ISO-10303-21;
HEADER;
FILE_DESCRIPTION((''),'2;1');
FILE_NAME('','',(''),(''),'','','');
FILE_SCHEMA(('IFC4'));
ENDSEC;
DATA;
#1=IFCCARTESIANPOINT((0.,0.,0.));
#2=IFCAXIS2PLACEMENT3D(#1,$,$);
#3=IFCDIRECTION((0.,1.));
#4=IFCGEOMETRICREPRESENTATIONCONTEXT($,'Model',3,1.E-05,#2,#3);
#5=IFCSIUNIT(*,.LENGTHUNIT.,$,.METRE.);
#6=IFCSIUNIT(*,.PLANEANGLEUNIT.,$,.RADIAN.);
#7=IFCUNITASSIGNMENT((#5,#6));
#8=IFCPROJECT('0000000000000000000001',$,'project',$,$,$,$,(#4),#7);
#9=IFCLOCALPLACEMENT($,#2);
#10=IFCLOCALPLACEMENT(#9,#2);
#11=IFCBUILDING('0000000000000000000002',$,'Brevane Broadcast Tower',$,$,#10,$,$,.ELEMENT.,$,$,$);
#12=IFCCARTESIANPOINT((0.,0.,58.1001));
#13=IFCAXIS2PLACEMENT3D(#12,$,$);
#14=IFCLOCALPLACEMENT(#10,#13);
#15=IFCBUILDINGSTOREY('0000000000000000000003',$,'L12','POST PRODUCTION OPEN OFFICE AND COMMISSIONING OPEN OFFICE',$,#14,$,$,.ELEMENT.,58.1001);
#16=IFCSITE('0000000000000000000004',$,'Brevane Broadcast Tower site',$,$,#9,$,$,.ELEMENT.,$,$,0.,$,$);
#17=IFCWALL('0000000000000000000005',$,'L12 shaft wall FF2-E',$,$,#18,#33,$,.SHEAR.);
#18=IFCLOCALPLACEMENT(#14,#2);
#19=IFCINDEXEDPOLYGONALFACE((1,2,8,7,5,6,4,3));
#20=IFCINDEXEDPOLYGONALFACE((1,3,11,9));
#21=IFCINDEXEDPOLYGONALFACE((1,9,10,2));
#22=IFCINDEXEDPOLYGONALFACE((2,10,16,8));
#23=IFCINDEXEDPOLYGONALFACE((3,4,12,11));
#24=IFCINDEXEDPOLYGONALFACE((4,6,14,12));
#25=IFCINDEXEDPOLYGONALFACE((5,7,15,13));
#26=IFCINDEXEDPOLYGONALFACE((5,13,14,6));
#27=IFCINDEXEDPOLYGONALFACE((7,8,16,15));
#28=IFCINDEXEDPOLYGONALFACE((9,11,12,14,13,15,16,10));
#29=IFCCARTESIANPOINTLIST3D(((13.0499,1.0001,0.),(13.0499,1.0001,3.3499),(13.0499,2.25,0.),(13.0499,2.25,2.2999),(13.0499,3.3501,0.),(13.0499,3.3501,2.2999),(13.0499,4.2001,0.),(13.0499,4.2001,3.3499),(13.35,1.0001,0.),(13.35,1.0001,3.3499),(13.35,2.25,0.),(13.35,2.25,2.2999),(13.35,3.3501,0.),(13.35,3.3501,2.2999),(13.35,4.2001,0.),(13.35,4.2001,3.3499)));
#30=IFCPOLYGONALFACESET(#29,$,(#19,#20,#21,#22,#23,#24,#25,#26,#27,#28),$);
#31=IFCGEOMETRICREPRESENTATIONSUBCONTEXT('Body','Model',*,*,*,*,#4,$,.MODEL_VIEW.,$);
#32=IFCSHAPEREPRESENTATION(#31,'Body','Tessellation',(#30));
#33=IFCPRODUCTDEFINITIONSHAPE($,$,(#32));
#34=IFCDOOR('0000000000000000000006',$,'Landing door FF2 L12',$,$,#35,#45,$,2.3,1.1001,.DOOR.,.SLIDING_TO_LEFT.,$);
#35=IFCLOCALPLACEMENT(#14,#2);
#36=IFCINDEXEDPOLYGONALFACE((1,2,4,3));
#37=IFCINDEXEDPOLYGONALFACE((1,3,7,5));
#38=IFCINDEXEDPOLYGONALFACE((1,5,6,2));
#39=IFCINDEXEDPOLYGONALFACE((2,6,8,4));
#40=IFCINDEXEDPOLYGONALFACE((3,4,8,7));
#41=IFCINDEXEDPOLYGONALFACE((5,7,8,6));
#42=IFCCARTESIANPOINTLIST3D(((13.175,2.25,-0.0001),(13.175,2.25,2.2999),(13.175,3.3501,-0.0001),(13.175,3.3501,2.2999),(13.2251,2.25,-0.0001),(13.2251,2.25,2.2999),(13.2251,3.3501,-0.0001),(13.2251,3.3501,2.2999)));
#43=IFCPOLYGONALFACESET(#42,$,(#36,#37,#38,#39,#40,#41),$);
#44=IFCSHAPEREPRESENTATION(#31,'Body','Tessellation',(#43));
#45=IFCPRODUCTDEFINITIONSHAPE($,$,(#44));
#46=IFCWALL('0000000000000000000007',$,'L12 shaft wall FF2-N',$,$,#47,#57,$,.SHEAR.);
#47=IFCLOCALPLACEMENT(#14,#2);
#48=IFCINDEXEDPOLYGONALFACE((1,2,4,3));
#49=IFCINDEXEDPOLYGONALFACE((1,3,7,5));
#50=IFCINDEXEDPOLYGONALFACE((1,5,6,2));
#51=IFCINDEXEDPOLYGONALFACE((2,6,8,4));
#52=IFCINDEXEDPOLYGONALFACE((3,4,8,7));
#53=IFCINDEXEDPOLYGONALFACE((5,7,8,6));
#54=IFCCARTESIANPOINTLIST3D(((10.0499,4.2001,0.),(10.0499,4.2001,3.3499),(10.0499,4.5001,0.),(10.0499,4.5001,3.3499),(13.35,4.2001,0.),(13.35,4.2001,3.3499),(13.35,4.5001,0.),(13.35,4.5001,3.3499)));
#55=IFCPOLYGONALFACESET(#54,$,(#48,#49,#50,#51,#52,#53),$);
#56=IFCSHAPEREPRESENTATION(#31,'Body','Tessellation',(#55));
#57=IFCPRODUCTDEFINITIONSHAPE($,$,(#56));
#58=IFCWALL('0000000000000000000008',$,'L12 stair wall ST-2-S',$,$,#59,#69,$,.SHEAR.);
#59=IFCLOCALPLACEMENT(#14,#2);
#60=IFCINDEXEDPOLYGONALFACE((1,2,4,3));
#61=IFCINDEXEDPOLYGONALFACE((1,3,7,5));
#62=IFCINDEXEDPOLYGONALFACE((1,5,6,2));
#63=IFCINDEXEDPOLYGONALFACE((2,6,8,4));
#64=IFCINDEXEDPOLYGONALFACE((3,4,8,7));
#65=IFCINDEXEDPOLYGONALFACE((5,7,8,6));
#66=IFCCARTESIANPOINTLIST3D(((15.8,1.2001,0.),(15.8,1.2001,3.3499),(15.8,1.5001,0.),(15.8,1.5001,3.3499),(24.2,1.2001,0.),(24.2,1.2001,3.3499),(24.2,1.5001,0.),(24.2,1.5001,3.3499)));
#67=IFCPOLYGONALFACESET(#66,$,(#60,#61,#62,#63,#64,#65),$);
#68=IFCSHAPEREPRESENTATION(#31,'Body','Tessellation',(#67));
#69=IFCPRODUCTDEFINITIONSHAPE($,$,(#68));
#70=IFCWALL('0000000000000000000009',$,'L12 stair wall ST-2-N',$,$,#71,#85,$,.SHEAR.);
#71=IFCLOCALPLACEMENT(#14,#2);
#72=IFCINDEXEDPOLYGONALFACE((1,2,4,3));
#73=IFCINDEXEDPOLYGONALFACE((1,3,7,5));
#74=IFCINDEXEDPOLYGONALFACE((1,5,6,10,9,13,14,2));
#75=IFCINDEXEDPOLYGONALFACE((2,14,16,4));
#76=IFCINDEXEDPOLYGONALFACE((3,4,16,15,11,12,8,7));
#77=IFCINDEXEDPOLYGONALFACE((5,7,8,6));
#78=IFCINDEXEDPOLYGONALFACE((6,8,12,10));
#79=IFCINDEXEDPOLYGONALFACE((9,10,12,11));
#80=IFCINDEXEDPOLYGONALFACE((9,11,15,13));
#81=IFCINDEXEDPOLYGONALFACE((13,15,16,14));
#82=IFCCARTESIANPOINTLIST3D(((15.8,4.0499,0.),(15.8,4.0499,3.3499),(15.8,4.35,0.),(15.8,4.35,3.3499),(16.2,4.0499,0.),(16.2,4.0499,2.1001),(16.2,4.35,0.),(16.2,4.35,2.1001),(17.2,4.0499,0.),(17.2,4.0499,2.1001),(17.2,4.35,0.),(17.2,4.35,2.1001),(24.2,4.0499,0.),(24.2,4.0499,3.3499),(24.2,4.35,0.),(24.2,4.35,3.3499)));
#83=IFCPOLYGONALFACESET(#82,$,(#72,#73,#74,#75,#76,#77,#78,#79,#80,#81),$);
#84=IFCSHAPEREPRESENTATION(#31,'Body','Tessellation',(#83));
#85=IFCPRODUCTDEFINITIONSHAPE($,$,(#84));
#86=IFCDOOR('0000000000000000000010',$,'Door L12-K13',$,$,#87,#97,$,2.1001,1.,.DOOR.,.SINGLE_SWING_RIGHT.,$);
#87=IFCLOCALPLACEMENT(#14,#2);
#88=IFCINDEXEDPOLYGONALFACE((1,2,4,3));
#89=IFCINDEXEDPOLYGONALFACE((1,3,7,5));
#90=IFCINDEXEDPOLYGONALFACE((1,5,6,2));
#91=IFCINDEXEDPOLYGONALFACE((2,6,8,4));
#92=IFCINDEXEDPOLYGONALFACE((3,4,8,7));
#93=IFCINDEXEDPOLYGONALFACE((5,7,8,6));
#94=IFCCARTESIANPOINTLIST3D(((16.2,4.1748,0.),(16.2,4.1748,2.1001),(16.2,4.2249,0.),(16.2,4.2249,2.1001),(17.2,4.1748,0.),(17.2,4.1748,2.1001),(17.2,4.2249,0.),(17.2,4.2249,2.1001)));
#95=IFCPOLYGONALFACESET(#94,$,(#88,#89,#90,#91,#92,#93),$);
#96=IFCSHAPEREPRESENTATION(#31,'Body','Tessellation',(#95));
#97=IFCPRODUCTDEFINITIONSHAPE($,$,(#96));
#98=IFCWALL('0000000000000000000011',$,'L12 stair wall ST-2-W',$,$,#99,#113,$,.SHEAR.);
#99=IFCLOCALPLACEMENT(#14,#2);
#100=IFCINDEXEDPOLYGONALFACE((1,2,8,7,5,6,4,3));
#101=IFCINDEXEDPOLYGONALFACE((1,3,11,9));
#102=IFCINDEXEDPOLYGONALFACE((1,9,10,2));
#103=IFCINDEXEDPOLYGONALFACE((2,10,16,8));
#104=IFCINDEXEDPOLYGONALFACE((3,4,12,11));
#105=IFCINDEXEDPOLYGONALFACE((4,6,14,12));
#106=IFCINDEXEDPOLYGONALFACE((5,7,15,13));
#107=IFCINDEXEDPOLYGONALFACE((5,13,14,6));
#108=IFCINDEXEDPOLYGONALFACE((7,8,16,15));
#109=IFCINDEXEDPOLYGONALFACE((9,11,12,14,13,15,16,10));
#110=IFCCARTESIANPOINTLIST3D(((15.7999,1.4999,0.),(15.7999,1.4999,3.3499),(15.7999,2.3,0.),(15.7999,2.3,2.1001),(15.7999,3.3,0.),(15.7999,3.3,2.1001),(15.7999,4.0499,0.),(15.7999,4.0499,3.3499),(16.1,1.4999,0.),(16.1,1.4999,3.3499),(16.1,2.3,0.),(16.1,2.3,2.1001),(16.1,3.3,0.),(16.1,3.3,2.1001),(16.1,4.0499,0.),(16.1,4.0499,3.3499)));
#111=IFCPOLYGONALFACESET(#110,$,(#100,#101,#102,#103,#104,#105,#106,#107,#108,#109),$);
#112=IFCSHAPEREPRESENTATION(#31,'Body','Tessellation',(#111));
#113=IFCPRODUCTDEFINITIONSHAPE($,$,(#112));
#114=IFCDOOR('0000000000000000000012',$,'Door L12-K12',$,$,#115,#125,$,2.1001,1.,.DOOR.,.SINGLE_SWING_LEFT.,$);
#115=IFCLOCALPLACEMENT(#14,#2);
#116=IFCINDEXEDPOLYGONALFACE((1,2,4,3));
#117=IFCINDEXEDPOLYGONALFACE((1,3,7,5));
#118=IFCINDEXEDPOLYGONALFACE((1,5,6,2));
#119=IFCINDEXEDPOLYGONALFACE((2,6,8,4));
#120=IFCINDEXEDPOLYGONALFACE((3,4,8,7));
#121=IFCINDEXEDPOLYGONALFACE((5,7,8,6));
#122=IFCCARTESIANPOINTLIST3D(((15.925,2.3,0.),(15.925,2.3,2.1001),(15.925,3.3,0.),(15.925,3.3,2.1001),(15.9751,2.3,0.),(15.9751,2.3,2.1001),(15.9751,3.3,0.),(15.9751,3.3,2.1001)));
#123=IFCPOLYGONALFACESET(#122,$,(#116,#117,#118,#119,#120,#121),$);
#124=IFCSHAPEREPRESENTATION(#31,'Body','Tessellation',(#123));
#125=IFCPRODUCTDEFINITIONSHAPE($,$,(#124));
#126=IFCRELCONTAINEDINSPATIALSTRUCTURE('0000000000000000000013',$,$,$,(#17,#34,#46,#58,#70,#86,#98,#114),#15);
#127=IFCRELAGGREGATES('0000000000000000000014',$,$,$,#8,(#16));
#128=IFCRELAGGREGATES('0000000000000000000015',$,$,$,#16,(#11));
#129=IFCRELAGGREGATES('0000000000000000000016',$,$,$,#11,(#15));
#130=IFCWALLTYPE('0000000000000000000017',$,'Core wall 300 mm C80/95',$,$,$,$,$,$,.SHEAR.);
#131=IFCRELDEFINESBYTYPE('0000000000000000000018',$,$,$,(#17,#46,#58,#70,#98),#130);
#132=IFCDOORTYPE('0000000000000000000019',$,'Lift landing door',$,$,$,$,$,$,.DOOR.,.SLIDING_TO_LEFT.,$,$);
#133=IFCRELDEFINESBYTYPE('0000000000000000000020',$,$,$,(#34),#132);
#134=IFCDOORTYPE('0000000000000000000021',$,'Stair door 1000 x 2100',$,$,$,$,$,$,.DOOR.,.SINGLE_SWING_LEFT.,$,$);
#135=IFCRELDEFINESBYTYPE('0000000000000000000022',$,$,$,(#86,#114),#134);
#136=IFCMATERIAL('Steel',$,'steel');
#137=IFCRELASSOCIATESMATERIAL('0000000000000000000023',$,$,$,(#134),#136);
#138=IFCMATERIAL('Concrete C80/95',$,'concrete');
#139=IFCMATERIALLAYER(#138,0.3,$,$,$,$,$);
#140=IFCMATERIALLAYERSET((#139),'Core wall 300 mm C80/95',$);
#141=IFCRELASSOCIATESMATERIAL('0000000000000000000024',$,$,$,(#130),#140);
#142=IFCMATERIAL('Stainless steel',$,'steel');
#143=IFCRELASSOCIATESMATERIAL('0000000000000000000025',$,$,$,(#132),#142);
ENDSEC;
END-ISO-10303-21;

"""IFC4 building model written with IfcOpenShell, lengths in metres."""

from ifc_helpers import new_model, si_unit, direction, frame, frame_2d, origin, place, context, subcontext, project, spatial, rectangle, extrude, material, layer, layer_set, type_object, element, fill, save


model = new_model("IFC4")

# Units and contexts
model_context = context("Model", 3, precision=1e-05, world=origin(), true_north=direction((0.0, 1.0)))
body_context = subcontext(model_context, "Body", "Model", "MODEL_VIEW")
ifc_project = project(units=[si_unit("LENGTHUNIT", "METRE"), si_unit("PLANEANGLEUNIT", "RADIAN")], contexts=[model_context])

# Site, building, storey
site_placement = place(None, origin())
site = spatial("IfcSite", under=ifc_project, at=site_placement, Name="Brevane Broadcast Tower site", CompositionType="ELEMENT", RefElevation=0.0)
building_placement = place(site_placement, origin())
building = spatial("IfcBuilding", under=site, at=building_placement, Name="Brevane Broadcast Tower", CompositionType="ELEMENT")
storey_placement = place(building_placement, frame((0.0, 0.0, 58.1001)))
storey = spatial("IfcBuildingStorey", under=building, at=storey_placement, Name="L12", Description="POST PRODUCTION OPEN OFFICE AND COMMISSIONING OPEN OFFICE", CompositionType="ELEMENT", Elevation=58.1001)

# Shared definitions
ifc_material_1 = material(Name="Steel", Category="steel")
door_type_1 = type_object("IfcDoorType", Name="Stair door 1000 x 2100", OperationType="SINGLE_SWING_LEFT", PredefinedType="DOOR", material=ifc_material_1)

# Shared definitions
ifc_material_2 = material(Name="Concrete C80/95", Category="concrete")
ifc_layer_1 = layer(ifc_material_2, 0.3)
ifc_layer_set_1 = layer_set([ifc_layer_1], Name="Core wall 300 mm C80/95")
wall_type_1 = type_object("IfcWallType", Name="Core wall 300 mm C80/95", PredefinedType="SHEAR", material=ifc_layer_set_1)

# Wall, opening, door
wall_1_placement = place(storey_placement, frame((13.2, 1.0, 0.0), z_axis=(0.0, 0.0, 1.0), x_axis=(0.0, 1.0, 0.0)))
wall_1 = element("IfcWall", 1, at=wall_1_placement, inside=storey, type_object=wall_type_1, Name="L12 shaft wall FF2-E", PredefinedType="SHEAR", context=body_context, shape_type="SweptSolid", body=[
    extrude(rectangle(XDim=3.2, YDim=0.3, at=frame_2d((1.6001, 0.0))), origin(), (0.0, 0.0, 1.0), 3.3499),
])
opening_1_placement = place(wall_1_placement, frame((1.25, 0.0, 0.0)))
opening_1 = element("IfcOpeningElement", 2, at=opening_1_placement, cuts=wall_1, PredefinedType="OPENING", context=body_context, shape_type="SweptSolid", body=[
    extrude(rectangle(XDim=1.1001, YDim=2.3, at=frame_2d((0.55, 1.1499))), frame((0.0, 0.1599, 0.0), z_axis=(0.0, -1.0, 0.0), x_axis=(1.0, 0.0, 0.0)), (0.0, 0.0, 1.0), 0.3201),
])
ifc_material_3 = material(Name="Stainless steel", Category="steel")
door_type_2 = type_object("IfcDoorType", Name="Lift landing door", OperationType="SLIDING_TO_LEFT", PredefinedType="DOOR", material=ifc_material_3)
door_1_placement = place(opening_1_placement, origin())
door_1 = element("IfcDoor", 3, at=door_1_placement, inside=storey, type_object=door_type_2, Name="Landing door FF2 L12", OperationType="SLIDING_TO_LEFT", OverallHeight=2.3, OverallWidth=1.1001, PredefinedType="DOOR", context=body_context, shape_type="SweptSolid", body=[
    extrude(rectangle(XDim=1.1001, YDim=2.3, at=frame_2d((0.55, 1.1499))), frame((0.0, 0.0249, 0.0), z_axis=(0.0, -1.0, 0.0), x_axis=(1.0, 0.0, 0.0)), (0.0, 0.0, 1.0), 0.05),
])
fill(opening_1, door_1)

# Walls
wall_2_placement = place(storey_placement, frame((10.05, 4.3501, 0.0), z_axis=(0.0, 0.0, 1.0), x_axis=(1.0, 0.0, 0.0)))
element("IfcWall", 4, at=wall_2_placement, inside=storey, type_object=wall_type_1, Name="L12 shaft wall FF2-N", PredefinedType="SHEAR", context=body_context, shape_type="SweptSolid", body=[
    extrude(rectangle(XDim=3.3, YDim=0.3, at=frame_2d((1.6499, 0.0))), origin(), (0.0, 0.0, 1.0), 3.3499),
])
wall_3_placement = place(storey_placement, frame((15.8, 1.3501, 0.0), z_axis=(0.0, 0.0, 1.0), x_axis=(1.0, 0.0, 0.0)))
element("IfcWall", 5, at=wall_3_placement, inside=storey, type_object=wall_type_1, Name="L12 stair wall ST-2-S", PredefinedType="SHEAR", context=body_context, shape_type="SweptSolid", body=[
    extrude(rectangle(XDim=8.3999, YDim=0.3, at=frame_2d((4.2, 0.0))), origin(), (0.0, 0.0, 1.0), 3.3499),
])

# Walls, openings, doors
wall_4_placement = place(storey_placement, frame((15.8, 4.2, 0.0), z_axis=(0.0, 0.0, 1.0), x_axis=(1.0, 0.0, 0.0)))
wall_4 = element("IfcWall", 6, at=wall_4_placement, inside=storey, type_object=wall_type_1, Name="L12 stair wall ST-2-N", PredefinedType="SHEAR", context=body_context, shape_type="SweptSolid", body=[
    extrude(rectangle(XDim=8.3999, YDim=0.3, at=frame_2d((4.2, 0.0))), origin(), (0.0, 0.0, 1.0), 3.3499),
])
opening_2_placement = place(wall_4_placement, frame((0.3999, 0.0, 0.0)))
opening_2 = element("IfcOpeningElement", 7, at=opening_2_placement, cuts=wall_4, PredefinedType="OPENING", context=body_context, shape_type="SweptSolid", body=[
    extrude(rectangle(XDim=1.0, YDim=2.1001, at=frame_2d((0.5, 1.05))), frame((0.0, 0.1599, 0.0), z_axis=(0.0, -1.0, 0.0), x_axis=(1.0, 0.0, 0.0)), (0.0, 0.0, 1.0), 0.3201),
])
door_2_placement = place(opening_2_placement, origin())
door_2 = element("IfcDoor", 8, at=door_2_placement, inside=storey, type_object=door_type_1, Name="Door L12-K13", OperationType="SINGLE_SWING_RIGHT", OverallHeight=2.1001, OverallWidth=1.0, PredefinedType="DOOR", context=body_context, shape_type="SweptSolid", body=[
    extrude(rectangle(XDim=1.0, YDim=2.1001, at=frame_2d((0.5, 1.05))), frame((0.0, 0.0249, 0.0), z_axis=(0.0, -1.0, 0.0), x_axis=(1.0, 0.0, 0.0)), (0.0, 0.0, 1.0), 0.05),
])
fill(opening_2, door_2)
wall_5_placement = place(storey_placement, frame((15.95, 1.5, 0.0), z_axis=(0.0, 0.0, 1.0), x_axis=(0.0, 1.0, 0.0)))
wall_5 = element("IfcWall", 9, at=wall_5_placement, inside=storey, type_object=wall_type_1, Name="L12 stair wall ST-2-W", PredefinedType="SHEAR", context=body_context, shape_type="SweptSolid", body=[
    extrude(rectangle(XDim=2.55, YDim=0.3, at=frame_2d((1.2749, 0.0))), origin(), (0.0, 0.0, 1.0), 3.3499),
])
opening_3_placement = place(wall_5_placement, frame((0.8, 0.0, 0.0)))
opening_3 = element("IfcOpeningElement", 10, at=opening_3_placement, cuts=wall_5, PredefinedType="OPENING", context=body_context, shape_type="SweptSolid", body=[
    extrude(rectangle(XDim=1.0, YDim=2.1001, at=frame_2d((0.5, 1.05))), frame((0.0, 0.1599, 0.0), z_axis=(0.0, -1.0, 0.0), x_axis=(1.0, 0.0, 0.0)), (0.0, 0.0, 1.0), 0.3201),
])
door_3_placement = place(opening_3_placement, origin())
door_3 = element("IfcDoor", 11, at=door_3_placement, inside=storey, type_object=door_type_1, Name="Door L12-K12", OperationType="SINGLE_SWING_LEFT", OverallHeight=2.1001, OverallWidth=1.0, PredefinedType="DOOR", context=body_context, shape_type="SweptSolid", body=[
    extrude(rectangle(XDim=1.0, YDim=2.1001, at=frame_2d((0.5, 1.05))), frame((0.0, 0.0249, 0.0), z_axis=(0.0, -1.0, 0.0), x_axis=(1.0, 0.0, 0.0)), (0.0, 0.0, 1.0), 0.05),
])
fill(opening_3, door_3)

save(model, "model.ifc")
